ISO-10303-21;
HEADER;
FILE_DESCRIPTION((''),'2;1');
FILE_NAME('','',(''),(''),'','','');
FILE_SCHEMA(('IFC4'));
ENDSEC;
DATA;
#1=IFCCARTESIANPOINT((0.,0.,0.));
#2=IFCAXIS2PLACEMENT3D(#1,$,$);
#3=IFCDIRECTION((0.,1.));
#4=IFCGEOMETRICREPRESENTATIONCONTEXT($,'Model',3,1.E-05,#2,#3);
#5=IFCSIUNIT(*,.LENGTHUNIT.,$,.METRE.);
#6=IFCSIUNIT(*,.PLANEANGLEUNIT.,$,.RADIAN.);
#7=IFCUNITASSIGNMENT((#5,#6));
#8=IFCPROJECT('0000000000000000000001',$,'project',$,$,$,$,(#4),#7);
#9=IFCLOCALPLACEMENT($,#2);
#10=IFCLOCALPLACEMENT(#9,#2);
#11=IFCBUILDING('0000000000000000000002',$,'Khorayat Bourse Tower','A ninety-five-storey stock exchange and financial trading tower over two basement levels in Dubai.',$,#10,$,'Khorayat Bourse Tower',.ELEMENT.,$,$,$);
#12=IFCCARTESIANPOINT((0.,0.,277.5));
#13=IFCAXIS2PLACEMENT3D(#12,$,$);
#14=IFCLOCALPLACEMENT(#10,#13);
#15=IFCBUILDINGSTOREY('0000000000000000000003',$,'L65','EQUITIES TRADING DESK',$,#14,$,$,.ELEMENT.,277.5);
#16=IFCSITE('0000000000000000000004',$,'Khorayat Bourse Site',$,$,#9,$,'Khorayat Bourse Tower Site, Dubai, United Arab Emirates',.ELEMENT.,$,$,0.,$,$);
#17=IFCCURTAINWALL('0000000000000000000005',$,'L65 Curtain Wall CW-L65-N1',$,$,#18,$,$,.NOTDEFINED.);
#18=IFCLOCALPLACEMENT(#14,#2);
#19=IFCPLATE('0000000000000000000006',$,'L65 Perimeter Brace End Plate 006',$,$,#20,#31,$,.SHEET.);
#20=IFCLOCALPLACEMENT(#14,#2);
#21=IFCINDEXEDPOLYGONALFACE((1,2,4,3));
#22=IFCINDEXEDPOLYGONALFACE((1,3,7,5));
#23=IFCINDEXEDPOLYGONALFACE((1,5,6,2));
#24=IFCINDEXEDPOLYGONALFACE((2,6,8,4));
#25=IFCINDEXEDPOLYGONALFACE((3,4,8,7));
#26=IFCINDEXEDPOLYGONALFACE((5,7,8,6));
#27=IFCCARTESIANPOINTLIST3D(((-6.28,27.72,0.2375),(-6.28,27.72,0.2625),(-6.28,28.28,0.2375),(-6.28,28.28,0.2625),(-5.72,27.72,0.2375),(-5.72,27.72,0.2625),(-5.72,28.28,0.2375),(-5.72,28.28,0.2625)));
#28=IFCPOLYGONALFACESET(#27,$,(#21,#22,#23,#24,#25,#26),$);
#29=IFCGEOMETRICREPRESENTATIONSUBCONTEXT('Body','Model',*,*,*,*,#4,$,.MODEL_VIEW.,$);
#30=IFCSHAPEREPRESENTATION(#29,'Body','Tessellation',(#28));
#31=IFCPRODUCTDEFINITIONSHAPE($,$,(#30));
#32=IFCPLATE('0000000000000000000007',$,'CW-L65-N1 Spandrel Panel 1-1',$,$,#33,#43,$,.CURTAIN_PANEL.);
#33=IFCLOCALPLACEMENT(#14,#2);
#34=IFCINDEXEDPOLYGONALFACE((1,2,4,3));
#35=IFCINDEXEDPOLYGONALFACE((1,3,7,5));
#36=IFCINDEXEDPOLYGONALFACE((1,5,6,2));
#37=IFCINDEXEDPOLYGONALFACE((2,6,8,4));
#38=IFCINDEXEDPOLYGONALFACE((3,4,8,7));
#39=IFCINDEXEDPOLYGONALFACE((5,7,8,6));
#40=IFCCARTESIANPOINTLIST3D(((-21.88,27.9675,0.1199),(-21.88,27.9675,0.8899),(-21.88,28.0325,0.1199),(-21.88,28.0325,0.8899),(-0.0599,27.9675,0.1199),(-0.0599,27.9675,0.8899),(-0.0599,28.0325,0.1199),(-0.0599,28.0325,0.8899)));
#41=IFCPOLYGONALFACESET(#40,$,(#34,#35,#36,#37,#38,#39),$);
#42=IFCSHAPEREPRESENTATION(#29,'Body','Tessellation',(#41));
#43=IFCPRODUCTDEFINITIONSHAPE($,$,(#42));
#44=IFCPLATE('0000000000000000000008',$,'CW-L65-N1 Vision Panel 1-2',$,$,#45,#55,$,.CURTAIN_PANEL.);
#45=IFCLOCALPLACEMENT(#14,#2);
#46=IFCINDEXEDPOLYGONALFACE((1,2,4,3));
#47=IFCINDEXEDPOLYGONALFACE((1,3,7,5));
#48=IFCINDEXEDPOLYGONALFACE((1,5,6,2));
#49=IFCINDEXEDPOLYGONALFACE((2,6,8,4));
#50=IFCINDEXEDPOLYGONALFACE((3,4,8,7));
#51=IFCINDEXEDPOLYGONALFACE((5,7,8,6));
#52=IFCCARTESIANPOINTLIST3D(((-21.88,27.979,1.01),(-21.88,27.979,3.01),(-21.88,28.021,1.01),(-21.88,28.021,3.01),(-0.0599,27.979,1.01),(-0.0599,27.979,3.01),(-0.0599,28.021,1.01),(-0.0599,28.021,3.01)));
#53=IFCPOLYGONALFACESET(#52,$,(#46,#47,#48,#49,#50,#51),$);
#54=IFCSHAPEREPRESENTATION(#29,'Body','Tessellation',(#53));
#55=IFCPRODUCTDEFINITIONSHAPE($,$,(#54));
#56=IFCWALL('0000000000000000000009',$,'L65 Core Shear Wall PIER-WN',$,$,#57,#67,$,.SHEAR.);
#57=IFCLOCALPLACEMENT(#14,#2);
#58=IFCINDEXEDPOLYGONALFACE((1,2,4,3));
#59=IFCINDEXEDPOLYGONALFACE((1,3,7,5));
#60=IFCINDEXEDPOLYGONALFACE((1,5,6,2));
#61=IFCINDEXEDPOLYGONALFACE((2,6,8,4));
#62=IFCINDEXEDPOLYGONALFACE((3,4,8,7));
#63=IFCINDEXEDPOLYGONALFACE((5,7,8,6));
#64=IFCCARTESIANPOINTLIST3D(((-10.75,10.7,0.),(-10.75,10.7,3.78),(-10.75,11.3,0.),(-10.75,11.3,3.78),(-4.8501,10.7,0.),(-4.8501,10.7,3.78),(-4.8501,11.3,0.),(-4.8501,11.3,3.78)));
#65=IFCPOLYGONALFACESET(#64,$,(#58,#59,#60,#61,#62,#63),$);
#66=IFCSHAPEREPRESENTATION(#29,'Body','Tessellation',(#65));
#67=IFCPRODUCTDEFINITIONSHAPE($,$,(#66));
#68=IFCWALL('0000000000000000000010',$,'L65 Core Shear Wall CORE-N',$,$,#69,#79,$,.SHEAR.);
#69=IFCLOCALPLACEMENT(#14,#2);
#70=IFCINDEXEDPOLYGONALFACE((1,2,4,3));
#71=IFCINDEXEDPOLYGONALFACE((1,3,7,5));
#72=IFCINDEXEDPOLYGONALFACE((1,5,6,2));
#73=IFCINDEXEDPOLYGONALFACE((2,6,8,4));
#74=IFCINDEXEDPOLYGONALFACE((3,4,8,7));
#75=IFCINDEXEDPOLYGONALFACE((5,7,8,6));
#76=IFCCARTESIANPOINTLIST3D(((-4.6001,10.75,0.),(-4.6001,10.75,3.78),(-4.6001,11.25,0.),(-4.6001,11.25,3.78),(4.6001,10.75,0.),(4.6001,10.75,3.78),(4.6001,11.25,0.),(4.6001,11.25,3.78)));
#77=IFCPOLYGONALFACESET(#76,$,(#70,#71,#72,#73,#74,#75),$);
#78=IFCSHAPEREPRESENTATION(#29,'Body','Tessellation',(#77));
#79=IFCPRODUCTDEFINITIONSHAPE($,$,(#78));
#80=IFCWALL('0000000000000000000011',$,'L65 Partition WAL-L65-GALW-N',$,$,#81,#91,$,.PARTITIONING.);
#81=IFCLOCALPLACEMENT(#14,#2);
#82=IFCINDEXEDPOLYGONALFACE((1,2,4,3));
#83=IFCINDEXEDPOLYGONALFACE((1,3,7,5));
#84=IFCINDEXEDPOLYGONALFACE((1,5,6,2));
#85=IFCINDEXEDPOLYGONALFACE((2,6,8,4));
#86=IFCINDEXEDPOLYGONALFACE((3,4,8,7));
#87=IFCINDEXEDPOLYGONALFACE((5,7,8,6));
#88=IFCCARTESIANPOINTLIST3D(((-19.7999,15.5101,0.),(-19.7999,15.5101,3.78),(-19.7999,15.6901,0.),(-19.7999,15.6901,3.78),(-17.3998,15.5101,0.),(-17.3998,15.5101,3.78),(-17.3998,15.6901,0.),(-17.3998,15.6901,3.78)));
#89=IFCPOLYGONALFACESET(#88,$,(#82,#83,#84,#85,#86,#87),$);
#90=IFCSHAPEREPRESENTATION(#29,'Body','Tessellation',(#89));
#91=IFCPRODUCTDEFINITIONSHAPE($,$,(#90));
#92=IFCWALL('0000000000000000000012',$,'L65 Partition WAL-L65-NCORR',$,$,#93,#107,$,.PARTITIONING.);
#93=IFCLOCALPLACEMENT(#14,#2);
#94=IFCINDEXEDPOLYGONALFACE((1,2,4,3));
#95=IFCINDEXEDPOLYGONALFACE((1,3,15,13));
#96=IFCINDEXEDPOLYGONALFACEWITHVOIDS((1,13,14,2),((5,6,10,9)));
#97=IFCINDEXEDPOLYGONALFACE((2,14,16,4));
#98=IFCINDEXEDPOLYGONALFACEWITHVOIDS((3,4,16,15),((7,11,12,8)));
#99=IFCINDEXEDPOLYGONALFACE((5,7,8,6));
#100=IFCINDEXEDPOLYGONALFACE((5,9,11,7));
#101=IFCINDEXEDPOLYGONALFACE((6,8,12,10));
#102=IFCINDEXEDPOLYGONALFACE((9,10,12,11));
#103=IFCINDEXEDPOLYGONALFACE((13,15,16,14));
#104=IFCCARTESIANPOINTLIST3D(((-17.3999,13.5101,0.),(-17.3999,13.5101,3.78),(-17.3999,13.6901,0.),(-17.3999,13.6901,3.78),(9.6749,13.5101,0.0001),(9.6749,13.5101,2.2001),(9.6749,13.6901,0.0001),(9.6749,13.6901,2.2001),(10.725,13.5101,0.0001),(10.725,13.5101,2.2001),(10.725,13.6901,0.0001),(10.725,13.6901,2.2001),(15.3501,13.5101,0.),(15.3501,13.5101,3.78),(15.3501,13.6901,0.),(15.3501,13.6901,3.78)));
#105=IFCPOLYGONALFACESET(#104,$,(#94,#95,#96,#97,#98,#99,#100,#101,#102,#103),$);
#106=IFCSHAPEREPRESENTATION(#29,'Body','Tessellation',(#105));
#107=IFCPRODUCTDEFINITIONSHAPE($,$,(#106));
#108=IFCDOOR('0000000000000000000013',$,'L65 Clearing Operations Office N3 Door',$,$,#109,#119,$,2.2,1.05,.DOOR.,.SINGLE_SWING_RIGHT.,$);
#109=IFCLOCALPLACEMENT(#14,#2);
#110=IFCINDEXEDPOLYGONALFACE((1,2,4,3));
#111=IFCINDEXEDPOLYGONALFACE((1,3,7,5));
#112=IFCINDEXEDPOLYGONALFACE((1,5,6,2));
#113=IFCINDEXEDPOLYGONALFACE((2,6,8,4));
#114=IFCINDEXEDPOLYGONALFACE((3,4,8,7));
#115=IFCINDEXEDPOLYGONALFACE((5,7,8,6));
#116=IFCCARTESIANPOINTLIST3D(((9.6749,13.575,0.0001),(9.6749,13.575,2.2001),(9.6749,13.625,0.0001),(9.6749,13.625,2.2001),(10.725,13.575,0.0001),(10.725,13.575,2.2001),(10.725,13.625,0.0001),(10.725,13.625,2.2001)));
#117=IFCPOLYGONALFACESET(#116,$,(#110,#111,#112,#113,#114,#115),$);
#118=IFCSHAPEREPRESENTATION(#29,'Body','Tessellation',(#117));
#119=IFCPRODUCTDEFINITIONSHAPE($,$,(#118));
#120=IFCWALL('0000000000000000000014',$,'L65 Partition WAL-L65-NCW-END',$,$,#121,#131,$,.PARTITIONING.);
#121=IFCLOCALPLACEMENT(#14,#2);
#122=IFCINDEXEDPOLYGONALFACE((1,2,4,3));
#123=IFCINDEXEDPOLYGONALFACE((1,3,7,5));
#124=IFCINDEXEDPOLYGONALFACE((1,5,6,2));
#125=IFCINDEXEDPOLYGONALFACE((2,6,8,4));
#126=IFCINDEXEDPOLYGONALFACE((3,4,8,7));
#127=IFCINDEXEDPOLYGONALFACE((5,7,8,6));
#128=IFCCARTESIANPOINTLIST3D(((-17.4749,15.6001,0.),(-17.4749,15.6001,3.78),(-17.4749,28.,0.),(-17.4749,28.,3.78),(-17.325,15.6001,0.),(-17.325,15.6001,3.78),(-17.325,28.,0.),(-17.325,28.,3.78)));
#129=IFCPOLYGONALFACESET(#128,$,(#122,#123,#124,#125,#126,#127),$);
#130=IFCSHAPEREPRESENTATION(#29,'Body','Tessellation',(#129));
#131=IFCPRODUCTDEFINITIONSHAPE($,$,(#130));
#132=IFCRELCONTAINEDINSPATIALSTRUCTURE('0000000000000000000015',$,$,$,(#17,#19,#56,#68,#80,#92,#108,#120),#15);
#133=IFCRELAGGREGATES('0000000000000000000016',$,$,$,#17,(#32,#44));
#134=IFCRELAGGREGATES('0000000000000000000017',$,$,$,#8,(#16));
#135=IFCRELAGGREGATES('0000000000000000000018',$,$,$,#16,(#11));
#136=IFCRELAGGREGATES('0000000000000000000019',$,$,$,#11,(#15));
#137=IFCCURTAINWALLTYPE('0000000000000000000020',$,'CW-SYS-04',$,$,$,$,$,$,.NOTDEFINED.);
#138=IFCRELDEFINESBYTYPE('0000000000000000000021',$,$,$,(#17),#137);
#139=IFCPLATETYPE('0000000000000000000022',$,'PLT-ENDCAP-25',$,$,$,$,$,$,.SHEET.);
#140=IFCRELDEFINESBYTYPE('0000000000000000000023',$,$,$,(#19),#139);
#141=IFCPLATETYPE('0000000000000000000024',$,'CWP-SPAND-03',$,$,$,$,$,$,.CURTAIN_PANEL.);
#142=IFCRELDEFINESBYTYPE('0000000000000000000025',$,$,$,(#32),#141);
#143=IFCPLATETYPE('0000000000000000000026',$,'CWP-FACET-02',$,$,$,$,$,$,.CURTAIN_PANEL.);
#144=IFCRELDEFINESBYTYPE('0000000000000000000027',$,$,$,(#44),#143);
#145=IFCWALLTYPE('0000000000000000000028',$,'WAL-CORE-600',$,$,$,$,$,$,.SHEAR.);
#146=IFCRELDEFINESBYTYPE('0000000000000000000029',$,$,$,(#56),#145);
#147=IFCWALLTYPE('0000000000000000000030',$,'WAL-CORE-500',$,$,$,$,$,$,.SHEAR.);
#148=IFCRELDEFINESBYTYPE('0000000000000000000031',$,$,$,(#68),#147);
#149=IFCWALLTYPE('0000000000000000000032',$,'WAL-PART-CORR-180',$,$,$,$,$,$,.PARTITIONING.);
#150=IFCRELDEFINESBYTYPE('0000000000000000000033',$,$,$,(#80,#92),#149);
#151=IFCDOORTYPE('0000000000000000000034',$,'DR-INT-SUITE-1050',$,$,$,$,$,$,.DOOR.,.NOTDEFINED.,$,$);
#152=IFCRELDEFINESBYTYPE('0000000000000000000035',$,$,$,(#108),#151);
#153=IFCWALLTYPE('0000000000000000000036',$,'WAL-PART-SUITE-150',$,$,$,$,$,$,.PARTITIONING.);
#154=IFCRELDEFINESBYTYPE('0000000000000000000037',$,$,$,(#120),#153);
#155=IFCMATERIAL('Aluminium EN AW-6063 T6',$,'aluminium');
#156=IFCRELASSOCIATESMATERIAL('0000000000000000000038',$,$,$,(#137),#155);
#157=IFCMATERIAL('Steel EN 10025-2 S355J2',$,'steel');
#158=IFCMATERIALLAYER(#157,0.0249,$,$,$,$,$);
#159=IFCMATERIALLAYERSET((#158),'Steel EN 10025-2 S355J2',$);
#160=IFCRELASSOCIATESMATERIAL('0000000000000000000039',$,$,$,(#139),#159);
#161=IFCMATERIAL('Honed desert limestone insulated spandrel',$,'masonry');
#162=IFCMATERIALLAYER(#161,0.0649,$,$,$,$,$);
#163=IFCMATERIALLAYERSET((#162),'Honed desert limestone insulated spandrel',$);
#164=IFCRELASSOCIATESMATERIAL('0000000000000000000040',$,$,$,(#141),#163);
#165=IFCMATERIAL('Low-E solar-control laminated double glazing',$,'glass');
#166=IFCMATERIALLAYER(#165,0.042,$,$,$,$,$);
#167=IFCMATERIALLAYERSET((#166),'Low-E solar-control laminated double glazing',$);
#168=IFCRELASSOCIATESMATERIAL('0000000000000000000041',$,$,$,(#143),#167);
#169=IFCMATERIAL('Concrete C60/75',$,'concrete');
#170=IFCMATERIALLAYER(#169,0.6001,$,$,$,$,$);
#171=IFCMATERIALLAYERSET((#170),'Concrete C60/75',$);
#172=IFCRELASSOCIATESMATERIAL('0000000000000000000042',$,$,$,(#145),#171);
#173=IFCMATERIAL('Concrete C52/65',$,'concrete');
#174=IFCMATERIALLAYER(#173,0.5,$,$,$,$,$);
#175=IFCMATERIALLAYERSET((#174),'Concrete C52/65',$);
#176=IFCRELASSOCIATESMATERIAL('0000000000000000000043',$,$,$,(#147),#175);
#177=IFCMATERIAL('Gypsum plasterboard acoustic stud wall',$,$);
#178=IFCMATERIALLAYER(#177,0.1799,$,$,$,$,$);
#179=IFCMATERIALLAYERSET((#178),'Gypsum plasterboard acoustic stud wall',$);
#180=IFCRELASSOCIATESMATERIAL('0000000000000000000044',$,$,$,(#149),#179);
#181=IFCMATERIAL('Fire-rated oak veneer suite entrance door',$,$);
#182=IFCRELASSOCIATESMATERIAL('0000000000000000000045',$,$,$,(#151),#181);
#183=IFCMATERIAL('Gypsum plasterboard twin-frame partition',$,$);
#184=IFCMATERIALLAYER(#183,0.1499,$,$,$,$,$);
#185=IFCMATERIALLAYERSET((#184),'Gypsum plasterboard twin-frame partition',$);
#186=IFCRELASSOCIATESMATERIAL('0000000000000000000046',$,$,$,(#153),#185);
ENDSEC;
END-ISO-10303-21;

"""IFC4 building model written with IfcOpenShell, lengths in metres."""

from ifc_helpers import new_model, si_unit, direction, frame, frame_2d, origin, origin_2d, place, context, subcontext, project, spatial, rectangle, extrude, source, transform, mapped, material, layer, layer_set, type_object, element, fill, aggregate, save


model = new_model("IFC4")

# Units and contexts
model_context = context("Model", 3, precision=1e-05, world=origin(), true_north=direction((0.0, 1.0)))
body_context = subcontext(model_context, "Body", "Model", "MODEL_VIEW")
ifc_project = project(units=[si_unit("LENGTHUNIT", "METRE"), si_unit("PLANEANGLEUNIT", "RADIAN")], contexts=[model_context])

# Site, building, storey
site_placement = place(None, origin())
site = spatial("IfcSite", under=ifc_project, at=site_placement, Name="Khorayat Bourse Site", LongName="Khorayat Bourse Tower Site, Dubai, United Arab Emirates", CompositionType="ELEMENT", RefElevation=0.0)
building_placement = place(site_placement, origin())
building = spatial("IfcBuilding", under=site, at=building_placement, Name="Khorayat Bourse Tower", Description="A ninety-five-storey stock exchange and financial trading tower over two basement levels in Dubai.", LongName="Khorayat Bourse Tower", CompositionType="ELEMENT")
storey_placement = place(building_placement, frame((0.0, 0.0, 277.5)))
storey = spatial("IfcBuildingStorey", under=building, at=storey_placement, Name="L65", Description="EQUITIES TRADING DESK", CompositionType="ELEMENT", Elevation=277.5)

# Shared definitions
ifc_material_1 = material(Name="Concrete C52/65", Category="concrete")

# Shared definitions
ifc_material_2 = material(Name="Concrete C60/75", Category="concrete")

# Curtain wall
ifc_material_3 = material(Name="Aluminium EN AW-6063 T6", Category="aluminium")
curtain_wall_type = type_object("IfcCurtainWallType", Name="CW-SYS-04", PredefinedType="NOTDEFINED", material=ifc_material_3)
curtain_wall_placement = place(storey_placement, origin())
curtain_wall = element("IfcCurtainWall", 1, at=curtain_wall_placement, inside=storey, type_object=curtain_wall_type, Name="L65 Curtain Wall CW-L65-N1", PredefinedType="NOTDEFINED")

# Plate
ifc_material_4 = material(Name="Steel EN 10025-2 S355J2", Category="steel")
ifc_layer_1 = layer(ifc_material_4, 0.0249)
ifc_layer_set_1 = layer_set([ifc_layer_1], Name="Steel EN 10025-2 S355J2")
plate_type_1 = type_object("IfcPlateType", Name="PLT-ENDCAP-25", PredefinedType="SHEET", material=ifc_layer_set_1)
shared_shape_1 = source(origin(), body_context, "Body", "SweptSolid", [
    extrude(rectangle(XDim=0.5601, YDim=0.5601, at=origin_2d()), origin(), (0.0, 0.0, 1.0), 0.0249),
])
for number, where, z_axis, x_axis, name in (
    (2, (-6.0, 28.0, 0.2375), (0.0, 0.0, 1.0), (1.0, 0.0, 0.0), "L65 Perimeter Brace End Plate 006"),
):
    element("IfcPlate", number, at=place(storey_placement, frame(where, z_axis=z_axis, x_axis=x_axis)), inside=storey, type_object=plate_type_1, Name=name, PredefinedType="SHEET", context=body_context, shape_type="MappedRepresentation", body=[
        mapped(shared_shape_1, transform((0.0, 0.0, 0.0), scale=1.0)),
    ])

# Plates
ifc_material_5 = material(Name="Honed desert limestone insulated spandrel", Category="masonry")
ifc_layer_2 = layer(ifc_material_5, 0.0649)
ifc_layer_set_2 = layer_set([ifc_layer_2], Name="Honed desert limestone insulated spandrel")
plate_type_2 = type_object("IfcPlateType", Name="CWP-SPAND-03", PredefinedType="CURTAIN_PANEL", material=ifc_layer_set_2)
shared_shape_2 = source(origin(), body_context, "Body", "SweptSolid", [
    extrude(rectangle(XDim=21.8201, YDim=0.0649, at=origin_2d()), origin(), (0.0, 0.0, 1.0), 0.77),
])
plate_1_placement = place(storey_placement, frame((-10.97, 28.0, 0.1199), z_axis=(0.0, 0.0, 1.0), x_axis=(1.0, 0.0, 0.0)))
plate_1 = element("IfcPlate", 3, at=plate_1_placement, type_object=plate_type_2, Name="CW-L65-N1 Spandrel Panel 1-1", PredefinedType="CURTAIN_PANEL", context=body_context, shape_type="MappedRepresentation", body=[
    mapped(shared_shape_2, transform((0.0, 0.0, 0.0), scale=1.0)),
])
ifc_material_6 = material(Name="Low-E solar-control laminated double glazing", Category="glass")
ifc_layer_3 = layer(ifc_material_6, 0.042)
ifc_layer_set_3 = layer_set([ifc_layer_3], Name="Low-E solar-control laminated double glazing")
plate_type_3 = type_object("IfcPlateType", Name="CWP-FACET-02", PredefinedType="CURTAIN_PANEL", material=ifc_layer_set_3)
shared_shape_3 = source(origin(), body_context, "Body", "SweptSolid", [
    extrude(rectangle(XDim=21.8201, YDim=0.042, at=origin_2d()), origin(), (0.0, 0.0, 1.0), 2.0),
])
plate_2_placement = place(storey_placement, frame((-10.97, 28.0, 1.01), z_axis=(0.0, 0.0, 1.0), x_axis=(1.0, 0.0, 0.0)))
plate_2 = element("IfcPlate", 4, at=plate_2_placement, type_object=plate_type_3, Name="CW-L65-N1 Vision Panel 1-2", PredefinedType="CURTAIN_PANEL", context=body_context, shape_type="MappedRepresentation", body=[
    mapped(shared_shape_3, transform((0.0, 0.0, 0.0), scale=1.0)),
])
aggregate(curtain_wall, [plate_1, plate_2])

# Walls
ifc_layer_4 = layer(ifc_material_2, 0.6001)
ifc_layer_set_4 = layer_set([ifc_layer_4], Name="Concrete C60/75")
wall_type_1 = type_object("IfcWallType", Name="WAL-CORE-600", PredefinedType="SHEAR", material=ifc_layer_set_4)
shared_shape_4 = source(origin(), body_context, "Body", "SweptSolid", [
    extrude(rectangle(XDim=5.8999, YDim=0.6001, at=frame_2d((2.95, 0.0))), origin(), (0.0, 0.0, 1.0), 3.78),
])
wall_1_placement = place(storey_placement, frame((-10.75, 11.0, 0.0), z_axis=(0.0, 0.0, 1.0), x_axis=(1.0, 0.0, 0.0)))
element("IfcWall", 5, at=wall_1_placement, inside=storey, type_object=wall_type_1, Name="L65 Core Shear Wall PIER-WN", PredefinedType="SHEAR", context=body_context, shape_type="MappedRepresentation", body=[
    mapped(shared_shape_4, transform((0.0, 0.0, 0.0), scale=1.0)),
])
ifc_layer_5 = layer(ifc_material_1, 0.5)
ifc_layer_set_5 = layer_set([ifc_layer_5], Name="Concrete C52/65")
wall_type_2 = type_object("IfcWallType", Name="WAL-CORE-500", PredefinedType="SHEAR", material=ifc_layer_set_5)
shared_shape_5 = source(origin(), body_context, "Body", "SweptSolid", [
    extrude(rectangle(XDim=9.2002, YDim=0.5, at=frame_2d((4.6001, 0.0))), origin(), (0.0, 0.0, 1.0), 3.78),
])
wall_2_placement = place(storey_placement, frame((-4.6001, 11.0, 0.0), z_axis=(0.0, 0.0, 1.0), x_axis=(1.0, 0.0, 0.0)))
element("IfcWall", 6, at=wall_2_placement, inside=storey, type_object=wall_type_2, Name="L65 Core Shear Wall CORE-N", PredefinedType="SHEAR", context=body_context, shape_type="MappedRepresentation", body=[
    mapped(shared_shape_5, transform((0.0, 0.0, 0.0), scale=1.0)),
])
ifc_material_7 = material(Name="Gypsum plasterboard acoustic stud wall")
ifc_layer_6 = layer(ifc_material_7, 0.1799)
ifc_layer_set_6 = layer_set([ifc_layer_6], Name="Gypsum plasterboard acoustic stud wall")
wall_type_3 = type_object("IfcWallType", Name="WAL-PART-CORR-180", PredefinedType="PARTITIONING", material=ifc_layer_set_6)
shared_shape_6 = source(origin(), body_context, "Body", "SweptSolid", [
    extrude(rectangle(XDim=2.4001, YDim=0.1799, at=frame_2d((1.2002, 0.0))), origin(), (0.0, 0.0, 1.0), 3.78),
])
wall_3_placement = place(storey_placement, frame((-19.8, 15.6001, 0.0), z_axis=(0.0, 0.0, 1.0), x_axis=(1.0, 0.0, 0.0)))
element("IfcWall", 7, at=wall_3_placement, inside=storey, type_object=wall_type_3, Name="L65 Partition WAL-L65-GALW-N", PredefinedType="PARTITIONING", context=body_context, shape_type="MappedRepresentation", body=[
    mapped(shared_shape_6, transform((0.0, 0.0, 0.0), scale=1.0)),
])

# Wall, opening, door
shared_shape_7 = source(origin(), body_context, "Body", "SweptSolid", [
    extrude(rectangle(XDim=32.75, YDim=0.1799, at=frame_2d((16.375, 0.0))), origin(), (0.0, 0.0, 1.0), 3.78),
])
wall_4_placement = place(storey_placement, frame((-17.3999, 13.6001, 0.0), z_axis=(0.0, 0.0, 1.0), x_axis=(1.0, 0.0, 0.0)))
wall_4 = element("IfcWall", 8, at=wall_4_placement, inside=storey, type_object=wall_type_3, Name="L65 Partition WAL-L65-NCORR", PredefinedType="PARTITIONING", context=body_context, shape_type="MappedRepresentation", body=[
    mapped(shared_shape_7, transform((0.0, 0.0, 0.0), scale=1.0)),
])
shared_shape_8 = source(origin(), body_context, "Body", "SweptSolid", [
    extrude(rectangle(XDim=1.05, YDim=2.2, at=frame_2d((0.5249, 1.1001))), frame((0.0, 0.0999, 0.0), z_axis=(0.0, -1.0, 0.0), x_axis=(1.0, 0.0, 0.0)), (0.0, 0.0, 1.0), 0.2),
])
opening_1_placement = place(wall_4_placement, frame((27.075, 0.0, 0.0)))
opening_1 = element("IfcOpeningElement", 9, at=opening_1_placement, cuts=wall_4, PredefinedType="OPENING", context=body_context, shape_type="MappedRepresentation", body=[
    mapped(shared_shape_8, transform((0.0, 0.0, 0.0), scale=1.0)),
])
ifc_material_8 = material(Name="Fire-rated oak veneer suite entrance door")
door_type_1 = type_object("IfcDoorType", Name="DR-INT-SUITE-1050", OperationType="NOTDEFINED", PredefinedType="DOOR", material=ifc_material_8)
shared_shape_9 = source(origin(), body_context, "Body", "SweptSolid", [
    extrude(rectangle(XDim=1.05, YDim=2.2, at=frame_2d((0.5249, 1.1001))), frame((0.0, 0.0249, 0.0), z_axis=(0.0, -1.0, 0.0), x_axis=(1.0, 0.0, 0.0)), (0.0, 0.0, 1.0), 0.05),
])
door_1_placement = place(opening_1_placement, origin())
door_1 = element("IfcDoor", 10, at=door_1_placement, inside=storey, type_object=door_type_1, Name="L65 Clearing Operations Office N3 Door", OperationType="SINGLE_SWING_RIGHT", OverallHeight=2.2, OverallWidth=1.05, PredefinedType="DOOR", context=body_context, shape_type="MappedRepresentation", body=[
    mapped(shared_shape_9, transform((0.0, 0.0, 0.0), scale=1.0)),
])
fill(opening_1, door_1)

# Wall
ifc_material_9 = material(Name="Gypsum plasterboard twin-frame partition")
ifc_layer_7 = layer(ifc_material_9, 0.1499)
ifc_layer_set_7 = layer_set([ifc_layer_7], Name="Gypsum plasterboard twin-frame partition")
wall_type_4 = type_object("IfcWallType", Name="WAL-PART-SUITE-150", PredefinedType="PARTITIONING", material=ifc_layer_set_7)
shared_shape_10 = source(origin(), body_context, "Body", "SweptSolid", [
    extrude(rectangle(XDim=12.3999, YDim=0.1499, at=frame_2d((6.2, 0.0))), origin(), (0.0, 0.0, 1.0), 3.78),
])
wall_5_placement = place(storey_placement, frame((-17.3999, 15.6001, 0.0), z_axis=(0.0, 0.0, 1.0), x_axis=(0.0, 1.0, 0.0)))
element("IfcWall", 11, at=wall_5_placement, inside=storey, type_object=wall_type_4, Name="L65 Partition WAL-L65-NCW-END", PredefinedType="PARTITIONING", context=body_context, shape_type="MappedRepresentation", body=[
    mapped(shared_shape_10, transform((0.0, 0.0, 0.0), scale=1.0)),
])

save(model, "model.ifc")
